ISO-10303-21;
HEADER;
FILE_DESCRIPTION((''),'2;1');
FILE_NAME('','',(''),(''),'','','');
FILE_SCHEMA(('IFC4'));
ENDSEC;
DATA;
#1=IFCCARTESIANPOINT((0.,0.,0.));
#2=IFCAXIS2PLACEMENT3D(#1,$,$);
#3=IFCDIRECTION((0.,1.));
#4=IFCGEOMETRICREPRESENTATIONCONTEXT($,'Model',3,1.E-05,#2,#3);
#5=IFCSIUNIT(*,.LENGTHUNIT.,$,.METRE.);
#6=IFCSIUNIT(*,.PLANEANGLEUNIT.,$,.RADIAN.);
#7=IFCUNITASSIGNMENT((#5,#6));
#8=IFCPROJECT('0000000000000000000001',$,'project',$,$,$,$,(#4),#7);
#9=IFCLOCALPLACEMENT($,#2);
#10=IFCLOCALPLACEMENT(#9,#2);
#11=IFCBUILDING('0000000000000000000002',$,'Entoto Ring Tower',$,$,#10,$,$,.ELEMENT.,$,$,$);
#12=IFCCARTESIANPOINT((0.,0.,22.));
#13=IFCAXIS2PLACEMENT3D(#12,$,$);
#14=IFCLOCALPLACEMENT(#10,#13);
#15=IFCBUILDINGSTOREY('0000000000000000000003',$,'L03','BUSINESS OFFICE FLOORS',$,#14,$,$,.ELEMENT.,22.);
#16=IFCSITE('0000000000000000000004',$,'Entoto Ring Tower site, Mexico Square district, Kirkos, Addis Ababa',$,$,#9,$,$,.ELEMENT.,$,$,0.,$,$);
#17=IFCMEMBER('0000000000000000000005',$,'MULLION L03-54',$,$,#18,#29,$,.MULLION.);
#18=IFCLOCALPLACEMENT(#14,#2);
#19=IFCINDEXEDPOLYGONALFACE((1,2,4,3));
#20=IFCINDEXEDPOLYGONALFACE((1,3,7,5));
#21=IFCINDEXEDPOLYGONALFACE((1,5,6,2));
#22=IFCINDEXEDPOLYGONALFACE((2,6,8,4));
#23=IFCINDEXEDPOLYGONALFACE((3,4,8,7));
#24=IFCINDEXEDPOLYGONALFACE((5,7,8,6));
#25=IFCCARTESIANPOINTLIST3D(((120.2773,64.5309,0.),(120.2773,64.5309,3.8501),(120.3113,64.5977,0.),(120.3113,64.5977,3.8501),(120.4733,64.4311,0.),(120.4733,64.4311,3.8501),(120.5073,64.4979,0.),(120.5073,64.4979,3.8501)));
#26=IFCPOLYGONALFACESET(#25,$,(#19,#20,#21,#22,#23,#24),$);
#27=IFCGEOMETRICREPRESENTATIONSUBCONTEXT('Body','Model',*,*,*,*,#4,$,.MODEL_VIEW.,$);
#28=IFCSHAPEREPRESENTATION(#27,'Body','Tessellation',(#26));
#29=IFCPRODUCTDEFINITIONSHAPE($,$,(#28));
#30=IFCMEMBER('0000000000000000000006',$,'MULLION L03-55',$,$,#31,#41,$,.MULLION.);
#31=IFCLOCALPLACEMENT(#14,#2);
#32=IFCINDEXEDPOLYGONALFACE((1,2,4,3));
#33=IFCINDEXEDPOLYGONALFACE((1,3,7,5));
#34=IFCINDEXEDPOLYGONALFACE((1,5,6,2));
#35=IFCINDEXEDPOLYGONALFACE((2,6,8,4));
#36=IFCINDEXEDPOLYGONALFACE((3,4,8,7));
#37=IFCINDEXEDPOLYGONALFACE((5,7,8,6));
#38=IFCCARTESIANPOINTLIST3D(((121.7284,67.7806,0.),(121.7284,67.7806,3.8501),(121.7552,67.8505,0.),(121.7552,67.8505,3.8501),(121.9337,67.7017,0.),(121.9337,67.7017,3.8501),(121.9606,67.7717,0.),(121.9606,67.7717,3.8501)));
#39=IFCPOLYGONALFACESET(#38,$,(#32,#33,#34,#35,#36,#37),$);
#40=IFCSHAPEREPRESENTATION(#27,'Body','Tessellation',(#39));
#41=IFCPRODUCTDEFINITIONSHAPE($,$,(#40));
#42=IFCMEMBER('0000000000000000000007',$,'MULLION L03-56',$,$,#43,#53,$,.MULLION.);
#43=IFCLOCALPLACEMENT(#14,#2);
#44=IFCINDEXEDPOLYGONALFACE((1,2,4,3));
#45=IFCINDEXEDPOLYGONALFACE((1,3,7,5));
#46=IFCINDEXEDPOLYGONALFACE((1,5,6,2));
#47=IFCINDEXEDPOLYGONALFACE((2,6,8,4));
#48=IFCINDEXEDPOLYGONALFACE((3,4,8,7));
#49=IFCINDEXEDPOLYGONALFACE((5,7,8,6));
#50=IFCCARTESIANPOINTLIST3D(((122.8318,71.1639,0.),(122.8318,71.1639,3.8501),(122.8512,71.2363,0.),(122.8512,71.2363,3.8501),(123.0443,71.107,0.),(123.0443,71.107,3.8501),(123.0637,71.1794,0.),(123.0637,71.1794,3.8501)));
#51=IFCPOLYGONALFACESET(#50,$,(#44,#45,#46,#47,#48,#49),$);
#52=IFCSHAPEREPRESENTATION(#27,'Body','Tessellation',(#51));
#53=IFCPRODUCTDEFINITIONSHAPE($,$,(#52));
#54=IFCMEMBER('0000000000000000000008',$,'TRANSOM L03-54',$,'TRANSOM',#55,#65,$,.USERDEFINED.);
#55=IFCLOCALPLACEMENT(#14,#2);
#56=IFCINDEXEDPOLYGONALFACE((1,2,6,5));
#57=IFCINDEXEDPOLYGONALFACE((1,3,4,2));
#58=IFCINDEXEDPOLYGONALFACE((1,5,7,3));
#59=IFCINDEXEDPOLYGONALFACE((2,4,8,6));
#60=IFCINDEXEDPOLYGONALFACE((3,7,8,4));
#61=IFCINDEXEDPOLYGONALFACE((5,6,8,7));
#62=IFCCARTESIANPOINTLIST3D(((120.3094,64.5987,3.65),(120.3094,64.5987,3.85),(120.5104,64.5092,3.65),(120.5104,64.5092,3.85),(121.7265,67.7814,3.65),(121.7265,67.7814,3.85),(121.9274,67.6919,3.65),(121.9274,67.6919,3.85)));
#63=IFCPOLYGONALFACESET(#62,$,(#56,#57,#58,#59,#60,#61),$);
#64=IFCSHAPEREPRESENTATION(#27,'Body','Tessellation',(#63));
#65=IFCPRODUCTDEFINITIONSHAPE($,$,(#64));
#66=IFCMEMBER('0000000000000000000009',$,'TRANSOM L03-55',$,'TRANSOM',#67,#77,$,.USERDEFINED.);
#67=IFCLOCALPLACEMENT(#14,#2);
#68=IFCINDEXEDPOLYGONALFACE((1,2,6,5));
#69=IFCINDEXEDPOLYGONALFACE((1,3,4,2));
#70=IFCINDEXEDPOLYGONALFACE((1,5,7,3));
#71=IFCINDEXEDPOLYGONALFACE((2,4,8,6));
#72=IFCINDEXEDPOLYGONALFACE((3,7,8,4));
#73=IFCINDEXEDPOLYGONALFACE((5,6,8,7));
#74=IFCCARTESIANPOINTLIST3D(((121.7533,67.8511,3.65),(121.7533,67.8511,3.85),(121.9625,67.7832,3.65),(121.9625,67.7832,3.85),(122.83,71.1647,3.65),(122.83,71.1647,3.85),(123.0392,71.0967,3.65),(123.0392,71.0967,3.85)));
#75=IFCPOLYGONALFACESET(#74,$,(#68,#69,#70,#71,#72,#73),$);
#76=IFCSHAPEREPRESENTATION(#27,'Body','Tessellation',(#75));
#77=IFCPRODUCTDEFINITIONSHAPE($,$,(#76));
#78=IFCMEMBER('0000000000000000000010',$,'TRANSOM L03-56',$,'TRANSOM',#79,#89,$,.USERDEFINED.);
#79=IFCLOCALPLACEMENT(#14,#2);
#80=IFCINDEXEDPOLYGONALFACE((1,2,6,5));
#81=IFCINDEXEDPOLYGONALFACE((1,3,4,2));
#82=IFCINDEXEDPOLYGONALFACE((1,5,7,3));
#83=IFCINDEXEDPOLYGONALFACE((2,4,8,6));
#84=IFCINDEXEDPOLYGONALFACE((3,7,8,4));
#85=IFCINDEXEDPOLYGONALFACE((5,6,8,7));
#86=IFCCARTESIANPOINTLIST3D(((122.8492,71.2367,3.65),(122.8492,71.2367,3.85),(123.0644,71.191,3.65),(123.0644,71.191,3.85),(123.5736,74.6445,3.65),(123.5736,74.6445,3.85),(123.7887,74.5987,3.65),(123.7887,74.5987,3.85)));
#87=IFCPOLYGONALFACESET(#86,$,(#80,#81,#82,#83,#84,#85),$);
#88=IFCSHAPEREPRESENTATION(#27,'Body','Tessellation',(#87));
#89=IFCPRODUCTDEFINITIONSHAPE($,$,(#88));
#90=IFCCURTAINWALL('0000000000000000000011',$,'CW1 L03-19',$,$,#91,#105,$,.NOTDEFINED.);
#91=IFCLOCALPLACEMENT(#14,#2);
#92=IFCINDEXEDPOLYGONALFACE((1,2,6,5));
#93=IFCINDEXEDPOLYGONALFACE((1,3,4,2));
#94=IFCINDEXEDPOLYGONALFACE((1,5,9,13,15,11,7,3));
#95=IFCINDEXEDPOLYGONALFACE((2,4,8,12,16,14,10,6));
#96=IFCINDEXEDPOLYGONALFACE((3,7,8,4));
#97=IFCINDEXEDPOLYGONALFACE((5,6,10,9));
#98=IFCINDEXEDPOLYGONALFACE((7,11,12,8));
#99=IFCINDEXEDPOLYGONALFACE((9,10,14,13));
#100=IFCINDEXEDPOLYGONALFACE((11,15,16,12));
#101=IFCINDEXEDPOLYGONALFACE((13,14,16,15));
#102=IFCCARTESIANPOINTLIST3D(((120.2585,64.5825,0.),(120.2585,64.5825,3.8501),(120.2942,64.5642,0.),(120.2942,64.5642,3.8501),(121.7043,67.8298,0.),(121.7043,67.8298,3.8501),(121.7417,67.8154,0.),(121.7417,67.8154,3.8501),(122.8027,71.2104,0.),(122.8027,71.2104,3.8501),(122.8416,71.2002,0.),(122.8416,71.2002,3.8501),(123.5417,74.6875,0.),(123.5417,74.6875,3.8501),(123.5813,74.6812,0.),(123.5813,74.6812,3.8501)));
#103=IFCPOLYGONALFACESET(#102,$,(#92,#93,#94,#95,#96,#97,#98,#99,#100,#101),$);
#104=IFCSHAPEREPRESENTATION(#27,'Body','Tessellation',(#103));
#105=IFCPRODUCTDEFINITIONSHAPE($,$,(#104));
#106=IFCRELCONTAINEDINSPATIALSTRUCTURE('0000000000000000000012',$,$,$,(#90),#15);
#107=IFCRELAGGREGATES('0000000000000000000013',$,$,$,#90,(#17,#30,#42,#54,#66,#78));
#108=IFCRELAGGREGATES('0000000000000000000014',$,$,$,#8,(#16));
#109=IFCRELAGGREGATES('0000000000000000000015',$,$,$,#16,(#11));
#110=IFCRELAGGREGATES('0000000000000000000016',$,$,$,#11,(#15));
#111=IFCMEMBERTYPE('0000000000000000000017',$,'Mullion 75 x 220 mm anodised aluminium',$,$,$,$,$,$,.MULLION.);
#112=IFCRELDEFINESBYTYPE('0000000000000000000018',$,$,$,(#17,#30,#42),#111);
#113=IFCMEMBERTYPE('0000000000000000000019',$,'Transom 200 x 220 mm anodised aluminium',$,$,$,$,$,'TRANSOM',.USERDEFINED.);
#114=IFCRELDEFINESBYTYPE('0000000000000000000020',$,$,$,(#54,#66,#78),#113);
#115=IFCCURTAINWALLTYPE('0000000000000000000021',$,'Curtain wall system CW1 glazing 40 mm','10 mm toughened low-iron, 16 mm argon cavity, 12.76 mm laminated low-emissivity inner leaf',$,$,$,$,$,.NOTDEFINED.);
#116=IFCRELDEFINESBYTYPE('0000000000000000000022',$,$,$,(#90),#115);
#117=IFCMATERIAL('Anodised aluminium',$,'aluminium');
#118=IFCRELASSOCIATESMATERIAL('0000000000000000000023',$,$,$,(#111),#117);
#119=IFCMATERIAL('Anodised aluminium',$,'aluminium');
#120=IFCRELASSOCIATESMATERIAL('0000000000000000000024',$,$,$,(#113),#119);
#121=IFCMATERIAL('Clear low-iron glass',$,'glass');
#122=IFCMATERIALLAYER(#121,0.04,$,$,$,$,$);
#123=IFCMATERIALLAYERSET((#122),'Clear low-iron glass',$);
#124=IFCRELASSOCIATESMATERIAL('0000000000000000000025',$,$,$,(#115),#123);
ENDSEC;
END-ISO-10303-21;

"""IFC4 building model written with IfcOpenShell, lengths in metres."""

from ifc_helpers import new_model, si_unit, direction, frame, origin, origin_2d, place, context, subcontext, project, spatial, polyline, rectangle, outline, extrude, material, layer, layer_set, material_profile, profile_set, type_object, element, aggregate, save


model = new_model("IFC4")

# Units and contexts
model_context = context("Model", 3, precision=1e-05, world=origin(), true_north=direction((0.0, 1.0)))
body_context = subcontext(model_context, "Body", "Model", "MODEL_VIEW")
ifc_project = project(units=[si_unit("LENGTHUNIT", "METRE"), si_unit("PLANEANGLEUNIT", "RADIAN")], contexts=[model_context])

# Members
ifc_material_1 = material(Name="Anodised aluminium", Category="aluminium")
ifc_material_profile_1 = material_profile(ifc_material_1, rectangle(XDim=0.075, YDim=0.22, at=origin_2d()), Name="Mullion 75 x 220 mm anodised aluminium")
ifc_profile_set_1 = profile_set([ifc_material_profile_1], Name="Anodised aluminium")
member_type_1 = type_object("IfcMemberType", Name="Mullion 75 x 220 mm anodised aluminium", PredefinedType="MULLION", material=ifc_profile_set_1)
site_placement = place(None, origin())
building_placement = place(site_placement, origin())
storey_placement = place(building_placement, frame((0.0, 0.0, 22.0)))
member_1_placement = place(storey_placement, frame((120.3923, 64.5144, 0.0), z_axis=(0.0, 0.0, 1.0), x_axis=(0.45399, 0.891007, 0.0)))
member_1 = element("IfcMember", 1, at=member_1_placement, type_object=member_type_1, Name="MULLION L03-54", PredefinedType="MULLION", context=body_context, shape_type="SweptSolid", body=[
    extrude(rectangle(XDim=0.075, YDim=0.22, at=origin_2d()), origin(), (0.0, 0.0, 1.0), 3.8501),
])
member_2_placement = place(storey_placement, frame((121.8445, 67.7761, 0.0), z_axis=(0.0, 0.0, 1.0), x_axis=(0.358368, 0.93358, 0.0)))
member_2 = element("IfcMember", 2, at=member_2_placement, type_object=member_type_1, Name="MULLION L03-55", PredefinedType="MULLION", context=body_context, shape_type="SweptSolid", body=[
    extrude(rectangle(XDim=0.075, YDim=0.22, at=origin_2d()), origin(), (0.0, 0.0, 1.0), 3.8501),
])
member_3_placement = place(storey_placement, frame((122.9478, 71.1716, 0.0), z_axis=(0.0, 0.0, 1.0), x_axis=(0.258819, 0.965926, 0.0)))
member_3 = element("IfcMember", 3, at=member_3_placement, type_object=member_type_1, Name="MULLION L03-56", PredefinedType="MULLION", context=body_context, shape_type="SweptSolid", body=[
    extrude(rectangle(XDim=0.075, YDim=0.22, at=origin_2d()), origin(), (0.0, 0.0, 1.0), 3.8501),
])
ifc_material_2 = material(Name="Anodised aluminium", Category="aluminium")
ifc_material_profile_2 = material_profile(ifc_material_2, rectangle(XDim=0.22, YDim=0.2, at=origin_2d()), Name="Transom 200 x 220 mm anodised aluminium")
ifc_profile_set_2 = profile_set([ifc_material_profile_2], Name="Anodised aluminium")
member_type_2 = type_object("IfcMemberType", Name="Transom 200 x 220 mm anodised aluminium", ElementType="TRANSOM", PredefinedType="USERDEFINED", material=ifc_profile_set_2)
member_4_placement = place(storey_placement, frame((120.4099, 64.554, 3.75), z_axis=(0.406737, 0.913545, 0.0), x_axis=(-0.913545, 0.406737, 0.0)))
member_4 = element("IfcMember", 4, at=member_4_placement, type_object=member_type_2, Name="TRANSOM L03-54", ObjectType="TRANSOM", PredefinedType="USERDEFINED", context=body_context, shape_type="SweptSolid", body=[
    extrude(rectangle(XDim=0.22, YDim=0.2, at=origin_2d()), origin(), (0.0, 0.0, 1.0), 3.4839),
])
member_5_placement = place(storey_placement, frame((121.8579, 67.8171, 3.75), z_axis=(0.309029, 0.951053, 0.0), x_axis=(-0.951053, 0.309029, 0.0)))
member_5 = element("IfcMember", 5, at=member_5_placement, type_object=member_type_2, Name="TRANSOM L03-55", ObjectType="TRANSOM", PredefinedType="USERDEFINED", context=body_context, shape_type="SweptSolid", body=[
    extrude(rectangle(XDim=0.22, YDim=0.2, at=origin_2d()), origin(), (0.0, 0.0, 1.0), 3.4841),
])
member_6_placement = place(storey_placement, frame((122.9568, 71.2139, 3.75), z_axis=(0.207921, 0.978146, 0.0), x_axis=(-0.978146, 0.207921, 0.0)))
member_6 = element("IfcMember", 6, at=member_6_placement, type_object=member_type_2, Name="TRANSOM L03-56", ObjectType="TRANSOM", PredefinedType="USERDEFINED", context=body_context, shape_type="SweptSolid", body=[
    extrude(rectangle(XDim=0.22, YDim=0.2, at=origin_2d()), origin(), (0.0, 0.0, 1.0), 3.4839),
])

# Site, building, storey
site = spatial("IfcSite", under=ifc_project, at=site_placement, Name="Entoto Ring Tower site, Mexico Square district, Kirkos, Addis Ababa", CompositionType="ELEMENT", RefElevation=0.0)
building = spatial("IfcBuilding", under=site, at=building_placement, Name="Entoto Ring Tower", CompositionType="ELEMENT")
storey = spatial("IfcBuildingStorey", under=building, at=storey_placement, Name="L03", Description="BUSINESS OFFICE FLOORS", CompositionType="ELEMENT", Elevation=22.0)

# Curtain wall
ifc_material_3 = material(Name="Clear low-iron glass", Category="glass")
ifc_layer_1 = layer(ifc_material_3, 0.04)
ifc_layer_set_1 = layer_set([ifc_layer_1], Name="Clear low-iron glass")
curtain_wall_type = type_object("IfcCurtainWallType", Name="Curtain wall system CW1 glazing 40 mm", Description="10 mm toughened low-iron, 16 mm argon cavity, 12.76 mm laminated low-emissivity inner leaf", PredefinedType="NOTDEFINED", material=ifc_layer_set_1)
curtain_wall_1_placement = place(storey_placement, origin())
curtain_wall_1 = element("IfcCurtainWall", 7, at=curtain_wall_1_placement, inside=storey, type_object=curtain_wall_type, Name="CW1 L03-19", PredefinedType="NOTDEFINED", context=body_context, shape_type="SweptSolid", body=[
    extrude(outline(polyline([(120.2942, 64.5642), (121.7417, 67.8154), (122.8416, 71.2002), (123.5813, 74.6812), (123.5417, 74.6875), (122.8027, 71.2104), (121.7043, 67.8298), (120.2585, 64.5825), (120.2942, 64.5642)])), origin(), (0.0, 0.0, 1.0), 3.8501),
])
aggregate(curtain_wall_1, [member_1, member_2, member_3, member_4, member_5, member_6])

save(model, "model.ifc")
